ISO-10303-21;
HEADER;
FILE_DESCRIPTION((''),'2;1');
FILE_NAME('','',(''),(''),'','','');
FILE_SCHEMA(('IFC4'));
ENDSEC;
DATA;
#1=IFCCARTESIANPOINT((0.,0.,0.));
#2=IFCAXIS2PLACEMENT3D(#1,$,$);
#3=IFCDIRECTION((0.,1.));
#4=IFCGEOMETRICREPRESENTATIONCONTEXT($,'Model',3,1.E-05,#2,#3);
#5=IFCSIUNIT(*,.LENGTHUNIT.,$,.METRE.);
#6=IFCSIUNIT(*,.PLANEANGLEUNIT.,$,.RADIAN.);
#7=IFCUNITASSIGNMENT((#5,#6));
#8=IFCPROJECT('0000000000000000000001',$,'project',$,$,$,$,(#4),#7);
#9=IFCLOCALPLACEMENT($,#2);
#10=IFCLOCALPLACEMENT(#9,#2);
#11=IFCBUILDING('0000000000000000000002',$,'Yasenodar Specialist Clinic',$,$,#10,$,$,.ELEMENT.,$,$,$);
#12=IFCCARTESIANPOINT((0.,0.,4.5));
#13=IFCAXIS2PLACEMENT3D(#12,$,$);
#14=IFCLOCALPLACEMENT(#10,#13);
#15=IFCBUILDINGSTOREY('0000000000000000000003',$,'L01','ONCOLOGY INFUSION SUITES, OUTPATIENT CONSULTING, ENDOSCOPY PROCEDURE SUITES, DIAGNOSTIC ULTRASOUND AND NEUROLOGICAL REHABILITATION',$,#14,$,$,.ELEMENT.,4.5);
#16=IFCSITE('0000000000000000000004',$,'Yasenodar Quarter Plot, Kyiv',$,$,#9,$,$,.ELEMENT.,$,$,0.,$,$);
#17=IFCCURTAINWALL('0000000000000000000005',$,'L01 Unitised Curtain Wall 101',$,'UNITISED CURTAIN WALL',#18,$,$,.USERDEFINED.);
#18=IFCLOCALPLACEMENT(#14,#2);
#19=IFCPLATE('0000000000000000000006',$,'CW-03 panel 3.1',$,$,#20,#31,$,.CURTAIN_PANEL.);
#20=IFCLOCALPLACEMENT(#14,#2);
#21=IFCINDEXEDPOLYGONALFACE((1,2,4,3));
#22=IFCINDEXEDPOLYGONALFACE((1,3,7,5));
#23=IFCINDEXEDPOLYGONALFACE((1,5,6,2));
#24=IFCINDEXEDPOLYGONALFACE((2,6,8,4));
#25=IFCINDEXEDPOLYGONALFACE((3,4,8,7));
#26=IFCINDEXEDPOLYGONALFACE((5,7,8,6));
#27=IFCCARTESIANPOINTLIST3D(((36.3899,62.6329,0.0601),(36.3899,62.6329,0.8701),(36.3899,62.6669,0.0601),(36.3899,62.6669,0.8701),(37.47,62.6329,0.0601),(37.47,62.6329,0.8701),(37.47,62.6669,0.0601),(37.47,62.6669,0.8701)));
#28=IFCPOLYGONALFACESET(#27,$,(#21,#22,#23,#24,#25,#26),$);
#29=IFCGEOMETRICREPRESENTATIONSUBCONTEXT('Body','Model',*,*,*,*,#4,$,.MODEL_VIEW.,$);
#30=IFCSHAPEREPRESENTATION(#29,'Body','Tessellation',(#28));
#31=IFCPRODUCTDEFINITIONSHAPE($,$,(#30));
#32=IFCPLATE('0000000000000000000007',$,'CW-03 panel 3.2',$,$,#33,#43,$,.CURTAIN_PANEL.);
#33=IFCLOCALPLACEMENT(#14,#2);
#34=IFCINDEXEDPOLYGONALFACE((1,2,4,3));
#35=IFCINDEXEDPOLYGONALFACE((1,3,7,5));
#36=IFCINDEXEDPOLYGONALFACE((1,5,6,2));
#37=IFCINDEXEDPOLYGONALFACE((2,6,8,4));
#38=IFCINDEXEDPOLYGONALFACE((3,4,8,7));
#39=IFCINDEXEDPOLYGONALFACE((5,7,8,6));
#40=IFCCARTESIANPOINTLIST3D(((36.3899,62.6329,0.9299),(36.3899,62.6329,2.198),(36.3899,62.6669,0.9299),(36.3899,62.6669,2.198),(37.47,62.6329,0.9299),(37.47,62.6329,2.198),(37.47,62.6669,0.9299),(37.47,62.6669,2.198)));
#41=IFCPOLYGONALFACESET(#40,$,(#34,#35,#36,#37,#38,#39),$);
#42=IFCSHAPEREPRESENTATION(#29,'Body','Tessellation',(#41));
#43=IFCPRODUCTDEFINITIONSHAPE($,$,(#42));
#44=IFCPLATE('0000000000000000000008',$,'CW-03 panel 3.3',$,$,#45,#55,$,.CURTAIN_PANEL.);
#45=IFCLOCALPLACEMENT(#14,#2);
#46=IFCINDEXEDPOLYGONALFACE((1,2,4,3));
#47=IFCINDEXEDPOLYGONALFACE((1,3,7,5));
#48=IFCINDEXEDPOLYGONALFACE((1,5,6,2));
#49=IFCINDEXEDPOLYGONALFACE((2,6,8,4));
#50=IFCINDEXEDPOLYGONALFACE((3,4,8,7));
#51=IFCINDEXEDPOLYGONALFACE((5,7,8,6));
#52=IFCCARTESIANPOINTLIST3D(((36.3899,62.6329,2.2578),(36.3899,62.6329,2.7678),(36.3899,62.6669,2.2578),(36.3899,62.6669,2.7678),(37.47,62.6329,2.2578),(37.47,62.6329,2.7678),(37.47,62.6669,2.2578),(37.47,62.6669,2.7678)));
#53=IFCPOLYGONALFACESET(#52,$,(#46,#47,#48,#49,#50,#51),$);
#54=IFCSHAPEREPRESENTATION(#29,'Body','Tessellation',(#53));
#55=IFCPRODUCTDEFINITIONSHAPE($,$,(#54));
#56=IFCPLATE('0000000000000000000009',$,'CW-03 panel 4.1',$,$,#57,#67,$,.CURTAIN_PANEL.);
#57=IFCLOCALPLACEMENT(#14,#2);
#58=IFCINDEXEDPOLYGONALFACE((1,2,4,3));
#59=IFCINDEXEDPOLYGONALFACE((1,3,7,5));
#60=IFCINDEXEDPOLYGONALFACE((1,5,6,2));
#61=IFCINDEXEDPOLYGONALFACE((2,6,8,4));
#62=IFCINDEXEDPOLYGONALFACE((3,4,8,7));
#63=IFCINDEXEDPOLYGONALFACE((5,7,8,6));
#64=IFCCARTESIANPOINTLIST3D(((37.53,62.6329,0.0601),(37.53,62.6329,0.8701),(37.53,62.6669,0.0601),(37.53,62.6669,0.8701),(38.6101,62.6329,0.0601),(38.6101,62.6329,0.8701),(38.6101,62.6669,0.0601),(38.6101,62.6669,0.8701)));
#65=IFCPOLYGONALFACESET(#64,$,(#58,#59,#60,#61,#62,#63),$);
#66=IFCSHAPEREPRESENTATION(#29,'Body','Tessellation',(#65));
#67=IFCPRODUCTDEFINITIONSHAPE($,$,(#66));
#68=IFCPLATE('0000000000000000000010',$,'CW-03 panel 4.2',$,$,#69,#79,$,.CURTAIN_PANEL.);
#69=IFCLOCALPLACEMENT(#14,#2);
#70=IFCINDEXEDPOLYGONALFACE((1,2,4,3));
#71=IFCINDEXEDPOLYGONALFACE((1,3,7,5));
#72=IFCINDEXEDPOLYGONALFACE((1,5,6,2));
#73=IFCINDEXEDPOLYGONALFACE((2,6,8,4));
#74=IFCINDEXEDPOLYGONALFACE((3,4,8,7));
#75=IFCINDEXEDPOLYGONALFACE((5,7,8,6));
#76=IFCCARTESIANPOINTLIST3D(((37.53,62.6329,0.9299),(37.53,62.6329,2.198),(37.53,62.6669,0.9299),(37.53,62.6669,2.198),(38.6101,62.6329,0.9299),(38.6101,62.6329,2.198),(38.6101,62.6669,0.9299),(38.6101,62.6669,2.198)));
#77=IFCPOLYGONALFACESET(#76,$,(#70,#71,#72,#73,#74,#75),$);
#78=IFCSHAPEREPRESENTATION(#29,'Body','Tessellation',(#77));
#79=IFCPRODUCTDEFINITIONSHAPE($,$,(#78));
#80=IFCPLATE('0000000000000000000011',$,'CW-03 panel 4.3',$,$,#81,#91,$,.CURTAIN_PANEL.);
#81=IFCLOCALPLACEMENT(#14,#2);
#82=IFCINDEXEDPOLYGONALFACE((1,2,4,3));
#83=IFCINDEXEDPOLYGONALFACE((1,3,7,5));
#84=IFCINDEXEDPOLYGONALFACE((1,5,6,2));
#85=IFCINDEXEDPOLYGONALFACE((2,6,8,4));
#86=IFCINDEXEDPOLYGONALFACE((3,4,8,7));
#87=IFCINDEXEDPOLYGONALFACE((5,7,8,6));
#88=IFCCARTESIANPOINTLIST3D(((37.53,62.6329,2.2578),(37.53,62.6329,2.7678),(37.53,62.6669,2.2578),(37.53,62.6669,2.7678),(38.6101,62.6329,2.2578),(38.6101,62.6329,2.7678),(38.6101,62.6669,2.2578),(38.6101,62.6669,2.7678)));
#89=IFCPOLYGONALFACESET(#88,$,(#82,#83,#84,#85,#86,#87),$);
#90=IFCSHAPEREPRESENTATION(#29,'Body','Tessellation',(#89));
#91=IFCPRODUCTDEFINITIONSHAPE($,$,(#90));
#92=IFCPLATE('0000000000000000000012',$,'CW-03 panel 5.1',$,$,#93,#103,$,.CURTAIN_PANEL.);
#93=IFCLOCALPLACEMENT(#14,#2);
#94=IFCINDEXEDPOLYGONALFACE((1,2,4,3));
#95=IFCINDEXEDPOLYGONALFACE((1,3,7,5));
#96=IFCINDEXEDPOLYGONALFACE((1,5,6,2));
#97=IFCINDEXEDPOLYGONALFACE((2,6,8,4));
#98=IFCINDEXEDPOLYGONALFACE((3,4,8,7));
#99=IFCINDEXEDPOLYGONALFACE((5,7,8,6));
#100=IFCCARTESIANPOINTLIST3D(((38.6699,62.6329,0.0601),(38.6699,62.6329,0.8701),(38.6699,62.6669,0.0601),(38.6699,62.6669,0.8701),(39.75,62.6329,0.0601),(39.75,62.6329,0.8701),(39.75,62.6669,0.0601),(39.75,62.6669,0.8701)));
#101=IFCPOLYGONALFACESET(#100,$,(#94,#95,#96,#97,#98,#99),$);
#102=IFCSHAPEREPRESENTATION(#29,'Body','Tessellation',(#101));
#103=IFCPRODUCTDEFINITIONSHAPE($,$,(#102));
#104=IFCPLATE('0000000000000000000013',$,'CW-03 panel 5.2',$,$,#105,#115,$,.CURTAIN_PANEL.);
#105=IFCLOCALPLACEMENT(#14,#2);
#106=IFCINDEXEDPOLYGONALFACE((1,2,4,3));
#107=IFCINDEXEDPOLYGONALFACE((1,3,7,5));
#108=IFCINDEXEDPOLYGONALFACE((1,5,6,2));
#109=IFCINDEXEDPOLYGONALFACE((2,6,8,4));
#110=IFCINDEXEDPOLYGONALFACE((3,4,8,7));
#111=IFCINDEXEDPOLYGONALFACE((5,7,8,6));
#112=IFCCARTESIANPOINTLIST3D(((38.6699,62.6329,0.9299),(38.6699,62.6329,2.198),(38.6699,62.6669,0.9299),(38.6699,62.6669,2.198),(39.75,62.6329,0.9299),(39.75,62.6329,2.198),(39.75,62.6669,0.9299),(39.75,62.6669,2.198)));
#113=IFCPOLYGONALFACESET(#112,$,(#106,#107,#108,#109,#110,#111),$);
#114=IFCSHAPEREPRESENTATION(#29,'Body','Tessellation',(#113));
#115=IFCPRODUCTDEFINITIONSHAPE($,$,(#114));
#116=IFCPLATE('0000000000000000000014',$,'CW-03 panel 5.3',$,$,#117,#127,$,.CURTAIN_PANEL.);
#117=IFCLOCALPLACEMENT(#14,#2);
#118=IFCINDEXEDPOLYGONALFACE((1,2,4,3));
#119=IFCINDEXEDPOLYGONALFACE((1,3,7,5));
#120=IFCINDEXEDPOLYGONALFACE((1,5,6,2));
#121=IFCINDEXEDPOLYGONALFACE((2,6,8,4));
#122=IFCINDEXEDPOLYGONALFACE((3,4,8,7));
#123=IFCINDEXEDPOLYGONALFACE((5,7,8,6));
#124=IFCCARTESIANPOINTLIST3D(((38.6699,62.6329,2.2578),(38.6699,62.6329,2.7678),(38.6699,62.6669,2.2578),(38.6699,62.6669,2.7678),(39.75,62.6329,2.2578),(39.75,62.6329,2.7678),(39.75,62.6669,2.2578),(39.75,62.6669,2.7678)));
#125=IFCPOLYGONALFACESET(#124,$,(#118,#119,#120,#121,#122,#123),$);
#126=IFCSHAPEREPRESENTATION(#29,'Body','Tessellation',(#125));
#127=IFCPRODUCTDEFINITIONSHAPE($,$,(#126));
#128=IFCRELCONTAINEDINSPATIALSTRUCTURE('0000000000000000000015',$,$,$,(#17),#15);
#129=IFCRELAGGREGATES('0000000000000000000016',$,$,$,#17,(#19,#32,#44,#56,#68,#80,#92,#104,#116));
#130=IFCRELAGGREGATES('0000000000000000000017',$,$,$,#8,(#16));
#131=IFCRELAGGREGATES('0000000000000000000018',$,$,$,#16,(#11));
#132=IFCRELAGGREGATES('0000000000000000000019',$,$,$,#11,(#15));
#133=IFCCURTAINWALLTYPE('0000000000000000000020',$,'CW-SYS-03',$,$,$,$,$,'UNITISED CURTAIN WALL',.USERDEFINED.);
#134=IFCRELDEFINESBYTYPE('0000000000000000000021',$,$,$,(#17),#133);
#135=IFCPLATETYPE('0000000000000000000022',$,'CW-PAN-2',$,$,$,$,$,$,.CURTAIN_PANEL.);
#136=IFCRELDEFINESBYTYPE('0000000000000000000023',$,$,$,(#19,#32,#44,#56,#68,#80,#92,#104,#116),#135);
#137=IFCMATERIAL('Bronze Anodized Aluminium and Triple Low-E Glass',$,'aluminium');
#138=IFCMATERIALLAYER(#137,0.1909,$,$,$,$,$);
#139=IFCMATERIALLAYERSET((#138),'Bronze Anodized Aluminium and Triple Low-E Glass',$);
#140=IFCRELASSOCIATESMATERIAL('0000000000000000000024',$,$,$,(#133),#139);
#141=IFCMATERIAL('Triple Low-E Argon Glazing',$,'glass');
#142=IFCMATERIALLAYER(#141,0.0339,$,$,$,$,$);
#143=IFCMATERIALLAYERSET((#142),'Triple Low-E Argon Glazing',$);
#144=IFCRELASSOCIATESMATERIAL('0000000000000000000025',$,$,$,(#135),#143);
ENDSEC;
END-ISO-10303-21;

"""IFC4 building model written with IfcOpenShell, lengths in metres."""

from ifc_helpers import new_model, si_unit, direction, frame, origin, origin_2d, place, context, subcontext, project, spatial, rectangle, extrude, material, layer, layer_set, type_object, element, aggregate, save


model = new_model("IFC4")

# Units and contexts
model_context = context("Model", 3, precision=1e-05, world=origin(), true_north=direction((0.0, 1.0)))
body_context = subcontext(model_context, "Body", "Model", "MODEL_VIEW")
ifc_project = project(units=[si_unit("LENGTHUNIT", "METRE"), si_unit("PLANEANGLEUNIT", "RADIAN")], contexts=[model_context])

# Site, building, storey
site_placement = place(None, origin())
site = spatial("IfcSite", under=ifc_project, at=site_placement, Name="Yasenodar Quarter Plot, Kyiv", CompositionType="ELEMENT", RefElevation=0.0)
building_placement = place(site_placement, origin())
building = spatial("IfcBuilding", under=site, at=building_placement, Name="Yasenodar Specialist Clinic", CompositionType="ELEMENT")
storey_placement = place(building_placement, frame((0.0, 0.0, 4.5)))
storey = spatial("IfcBuildingStorey", under=building, at=storey_placement, Name="L01", Description="ONCOLOGY INFUSION SUITES, OUTPATIENT CONSULTING, ENDOSCOPY PROCEDURE SUITES, DIAGNOSTIC ULTRASOUND AND NEUROLOGICAL REHABILITATION", CompositionType="ELEMENT", Elevation=4.5)

# Curtain wall, plates
ifc_material_1 = material(Name="Bronze Anodized Aluminium and Triple Low-E Glass", Category="aluminium")
ifc_layer_1 = layer(ifc_material_1, 0.1909)
ifc_layer_set_1 = layer_set([ifc_layer_1], Name="Bronze Anodized Aluminium and Triple Low-E Glass")
curtain_wall_type = type_object("IfcCurtainWallType", Name="CW-SYS-03", ElementType="UNITISED CURTAIN WALL", PredefinedType="USERDEFINED", material=ifc_layer_set_1)
curtain_wall_placement = place(storey_placement, origin())
curtain_wall = element("IfcCurtainWall", 1, at=curtain_wall_placement, inside=storey, type_object=curtain_wall_type, Name="L01 Unitised Curtain Wall 101", ObjectType="UNITISED CURTAIN WALL", PredefinedType="USERDEFINED")
ifc_material_2 = material(Name="Triple Low-E Argon Glazing", Category="glass")
ifc_layer_2 = layer(ifc_material_2, 0.0339)
ifc_layer_set_2 = layer_set([ifc_layer_2], Name="Triple Low-E Argon Glazing")
plate_type = type_object("IfcPlateType", Name="CW-PAN-2", PredefinedType="CURTAIN_PANEL", material=ifc_layer_set_2)
plate_1_placement = place(storey_placement, frame((36.9299, 62.6499, 0.0601), z_axis=(0.0, 0.0, 1.0), x_axis=(1.0, 0.0, 0.0)))
plate_1 = element("IfcPlate", 2, at=plate_1_placement, type_object=plate_type, Name="CW-03 panel 3.1", PredefinedType="CURTAIN_PANEL", context=body_context, shape_type="SweptSolid", body=[
    extrude(rectangle(XDim=1.0801, YDim=0.0339, at=origin_2d()), origin(), (0.0, 0.0, 1.0), 0.8101),
])
plate_2_placement = place(storey_placement, frame((36.9299, 62.6499, 0.9299), z_axis=(0.0, 0.0, 1.0), x_axis=(1.0, 0.0, 0.0)))
plate_2 = element("IfcPlate", 3, at=plate_2_placement, type_object=plate_type, Name="CW-03 panel 3.2", PredefinedType="CURTAIN_PANEL", context=body_context, shape_type="SweptSolid", body=[
    extrude(rectangle(XDim=1.0801, YDim=0.0339, at=origin_2d()), origin(), (0.0, 0.0, 1.0), 1.2681),
])
plate_3_placement = place(storey_placement, frame((36.9299, 62.6499, 2.2578), z_axis=(0.0, 0.0, 1.0), x_axis=(1.0, 0.0, 0.0)))
plate_3 = element("IfcPlate", 4, at=plate_3_placement, type_object=plate_type, Name="CW-03 panel 3.3", PredefinedType="CURTAIN_PANEL", context=body_context, shape_type="SweptSolid", body=[
    extrude(rectangle(XDim=1.0801, YDim=0.0339, at=origin_2d()), origin(), (0.0, 0.0, 1.0), 0.51),
])
plate_4_placement = place(storey_placement, frame((38.0701, 62.6499, 0.0601), z_axis=(0.0, 0.0, 1.0), x_axis=(1.0, 0.0, 0.0)))
plate_4 = element("IfcPlate", 5, at=plate_4_placement, type_object=plate_type, Name="CW-03 panel 4.1", PredefinedType="CURTAIN_PANEL", context=body_context, shape_type="SweptSolid", body=[
    extrude(rectangle(XDim=1.0801, YDim=0.0339, at=origin_2d()), origin(), (0.0, 0.0, 1.0), 0.8101),
])
plate_5_placement = place(storey_placement, frame((38.0701, 62.6499, 0.9299), z_axis=(0.0, 0.0, 1.0), x_axis=(1.0, 0.0, 0.0)))
plate_5 = element("IfcPlate", 6, at=plate_5_placement, type_object=plate_type, Name="CW-03 panel 4.2", PredefinedType="CURTAIN_PANEL", context=body_context, shape_type="SweptSolid", body=[
    extrude(rectangle(XDim=1.0801, YDim=0.0339, at=origin_2d()), origin(), (0.0, 0.0, 1.0), 1.2681),
])
plate_6_placement = place(storey_placement, frame((38.0701, 62.6499, 2.2578), z_axis=(0.0, 0.0, 1.0), x_axis=(1.0, 0.0, 0.0)))
plate_6 = element("IfcPlate", 7, at=plate_6_placement, type_object=plate_type, Name="CW-03 panel 4.3", PredefinedType="CURTAIN_PANEL", context=body_context, shape_type="SweptSolid", body=[
    extrude(rectangle(XDim=1.0801, YDim=0.0339, at=origin_2d()), origin(), (0.0, 0.0, 1.0), 0.51),
])
plate_7_placement = place(storey_placement, frame((39.21, 62.6499, 0.0601), z_axis=(0.0, 0.0, 1.0), x_axis=(1.0, 0.0, 0.0)))
plate_7 = element("IfcPlate", 8, at=plate_7_placement, type_object=plate_type, Name="CW-03 panel 5.1", PredefinedType="CURTAIN_PANEL", context=body_context, shape_type="SweptSolid", body=[
    extrude(rectangle(XDim=1.0801, YDim=0.0339, at=origin_2d()), origin(), (0.0, 0.0, 1.0), 0.8101),
])
plate_8_placement = place(storey_placement, frame((39.21, 62.6499, 0.9299), z_axis=(0.0, 0.0, 1.0), x_axis=(1.0, 0.0, 0.0)))
plate_8 = element("IfcPlate", 9, at=plate_8_placement, type_object=plate_type, Name="CW-03 panel 5.2", PredefinedType="CURTAIN_PANEL", context=body_context, shape_type="SweptSolid", body=[
    extrude(rectangle(XDim=1.0801, YDim=0.0339, at=origin_2d()), origin(), (0.0, 0.0, 1.0), 1.2681),
])
plate_9_placement = place(storey_placement, frame((39.21, 62.6499, 2.2578), z_axis=(0.0, 0.0, 1.0), x_axis=(1.0, 0.0, 0.0)))
plate_9 = element("IfcPlate", 10, at=plate_9_placement, type_object=plate_type, Name="CW-03 panel 5.3", PredefinedType="CURTAIN_PANEL", context=body_context, shape_type="SweptSolid", body=[
    extrude(rectangle(XDim=1.0801, YDim=0.0339, at=origin_2d()), origin(), (0.0, 0.0, 1.0), 0.51),
])
aggregate(curtain_wall, [plate_1, plate_2, plate_3, plate_4, plate_5, plate_6, plate_7, plate_8, plate_9])

save(model, "model.ifc")
